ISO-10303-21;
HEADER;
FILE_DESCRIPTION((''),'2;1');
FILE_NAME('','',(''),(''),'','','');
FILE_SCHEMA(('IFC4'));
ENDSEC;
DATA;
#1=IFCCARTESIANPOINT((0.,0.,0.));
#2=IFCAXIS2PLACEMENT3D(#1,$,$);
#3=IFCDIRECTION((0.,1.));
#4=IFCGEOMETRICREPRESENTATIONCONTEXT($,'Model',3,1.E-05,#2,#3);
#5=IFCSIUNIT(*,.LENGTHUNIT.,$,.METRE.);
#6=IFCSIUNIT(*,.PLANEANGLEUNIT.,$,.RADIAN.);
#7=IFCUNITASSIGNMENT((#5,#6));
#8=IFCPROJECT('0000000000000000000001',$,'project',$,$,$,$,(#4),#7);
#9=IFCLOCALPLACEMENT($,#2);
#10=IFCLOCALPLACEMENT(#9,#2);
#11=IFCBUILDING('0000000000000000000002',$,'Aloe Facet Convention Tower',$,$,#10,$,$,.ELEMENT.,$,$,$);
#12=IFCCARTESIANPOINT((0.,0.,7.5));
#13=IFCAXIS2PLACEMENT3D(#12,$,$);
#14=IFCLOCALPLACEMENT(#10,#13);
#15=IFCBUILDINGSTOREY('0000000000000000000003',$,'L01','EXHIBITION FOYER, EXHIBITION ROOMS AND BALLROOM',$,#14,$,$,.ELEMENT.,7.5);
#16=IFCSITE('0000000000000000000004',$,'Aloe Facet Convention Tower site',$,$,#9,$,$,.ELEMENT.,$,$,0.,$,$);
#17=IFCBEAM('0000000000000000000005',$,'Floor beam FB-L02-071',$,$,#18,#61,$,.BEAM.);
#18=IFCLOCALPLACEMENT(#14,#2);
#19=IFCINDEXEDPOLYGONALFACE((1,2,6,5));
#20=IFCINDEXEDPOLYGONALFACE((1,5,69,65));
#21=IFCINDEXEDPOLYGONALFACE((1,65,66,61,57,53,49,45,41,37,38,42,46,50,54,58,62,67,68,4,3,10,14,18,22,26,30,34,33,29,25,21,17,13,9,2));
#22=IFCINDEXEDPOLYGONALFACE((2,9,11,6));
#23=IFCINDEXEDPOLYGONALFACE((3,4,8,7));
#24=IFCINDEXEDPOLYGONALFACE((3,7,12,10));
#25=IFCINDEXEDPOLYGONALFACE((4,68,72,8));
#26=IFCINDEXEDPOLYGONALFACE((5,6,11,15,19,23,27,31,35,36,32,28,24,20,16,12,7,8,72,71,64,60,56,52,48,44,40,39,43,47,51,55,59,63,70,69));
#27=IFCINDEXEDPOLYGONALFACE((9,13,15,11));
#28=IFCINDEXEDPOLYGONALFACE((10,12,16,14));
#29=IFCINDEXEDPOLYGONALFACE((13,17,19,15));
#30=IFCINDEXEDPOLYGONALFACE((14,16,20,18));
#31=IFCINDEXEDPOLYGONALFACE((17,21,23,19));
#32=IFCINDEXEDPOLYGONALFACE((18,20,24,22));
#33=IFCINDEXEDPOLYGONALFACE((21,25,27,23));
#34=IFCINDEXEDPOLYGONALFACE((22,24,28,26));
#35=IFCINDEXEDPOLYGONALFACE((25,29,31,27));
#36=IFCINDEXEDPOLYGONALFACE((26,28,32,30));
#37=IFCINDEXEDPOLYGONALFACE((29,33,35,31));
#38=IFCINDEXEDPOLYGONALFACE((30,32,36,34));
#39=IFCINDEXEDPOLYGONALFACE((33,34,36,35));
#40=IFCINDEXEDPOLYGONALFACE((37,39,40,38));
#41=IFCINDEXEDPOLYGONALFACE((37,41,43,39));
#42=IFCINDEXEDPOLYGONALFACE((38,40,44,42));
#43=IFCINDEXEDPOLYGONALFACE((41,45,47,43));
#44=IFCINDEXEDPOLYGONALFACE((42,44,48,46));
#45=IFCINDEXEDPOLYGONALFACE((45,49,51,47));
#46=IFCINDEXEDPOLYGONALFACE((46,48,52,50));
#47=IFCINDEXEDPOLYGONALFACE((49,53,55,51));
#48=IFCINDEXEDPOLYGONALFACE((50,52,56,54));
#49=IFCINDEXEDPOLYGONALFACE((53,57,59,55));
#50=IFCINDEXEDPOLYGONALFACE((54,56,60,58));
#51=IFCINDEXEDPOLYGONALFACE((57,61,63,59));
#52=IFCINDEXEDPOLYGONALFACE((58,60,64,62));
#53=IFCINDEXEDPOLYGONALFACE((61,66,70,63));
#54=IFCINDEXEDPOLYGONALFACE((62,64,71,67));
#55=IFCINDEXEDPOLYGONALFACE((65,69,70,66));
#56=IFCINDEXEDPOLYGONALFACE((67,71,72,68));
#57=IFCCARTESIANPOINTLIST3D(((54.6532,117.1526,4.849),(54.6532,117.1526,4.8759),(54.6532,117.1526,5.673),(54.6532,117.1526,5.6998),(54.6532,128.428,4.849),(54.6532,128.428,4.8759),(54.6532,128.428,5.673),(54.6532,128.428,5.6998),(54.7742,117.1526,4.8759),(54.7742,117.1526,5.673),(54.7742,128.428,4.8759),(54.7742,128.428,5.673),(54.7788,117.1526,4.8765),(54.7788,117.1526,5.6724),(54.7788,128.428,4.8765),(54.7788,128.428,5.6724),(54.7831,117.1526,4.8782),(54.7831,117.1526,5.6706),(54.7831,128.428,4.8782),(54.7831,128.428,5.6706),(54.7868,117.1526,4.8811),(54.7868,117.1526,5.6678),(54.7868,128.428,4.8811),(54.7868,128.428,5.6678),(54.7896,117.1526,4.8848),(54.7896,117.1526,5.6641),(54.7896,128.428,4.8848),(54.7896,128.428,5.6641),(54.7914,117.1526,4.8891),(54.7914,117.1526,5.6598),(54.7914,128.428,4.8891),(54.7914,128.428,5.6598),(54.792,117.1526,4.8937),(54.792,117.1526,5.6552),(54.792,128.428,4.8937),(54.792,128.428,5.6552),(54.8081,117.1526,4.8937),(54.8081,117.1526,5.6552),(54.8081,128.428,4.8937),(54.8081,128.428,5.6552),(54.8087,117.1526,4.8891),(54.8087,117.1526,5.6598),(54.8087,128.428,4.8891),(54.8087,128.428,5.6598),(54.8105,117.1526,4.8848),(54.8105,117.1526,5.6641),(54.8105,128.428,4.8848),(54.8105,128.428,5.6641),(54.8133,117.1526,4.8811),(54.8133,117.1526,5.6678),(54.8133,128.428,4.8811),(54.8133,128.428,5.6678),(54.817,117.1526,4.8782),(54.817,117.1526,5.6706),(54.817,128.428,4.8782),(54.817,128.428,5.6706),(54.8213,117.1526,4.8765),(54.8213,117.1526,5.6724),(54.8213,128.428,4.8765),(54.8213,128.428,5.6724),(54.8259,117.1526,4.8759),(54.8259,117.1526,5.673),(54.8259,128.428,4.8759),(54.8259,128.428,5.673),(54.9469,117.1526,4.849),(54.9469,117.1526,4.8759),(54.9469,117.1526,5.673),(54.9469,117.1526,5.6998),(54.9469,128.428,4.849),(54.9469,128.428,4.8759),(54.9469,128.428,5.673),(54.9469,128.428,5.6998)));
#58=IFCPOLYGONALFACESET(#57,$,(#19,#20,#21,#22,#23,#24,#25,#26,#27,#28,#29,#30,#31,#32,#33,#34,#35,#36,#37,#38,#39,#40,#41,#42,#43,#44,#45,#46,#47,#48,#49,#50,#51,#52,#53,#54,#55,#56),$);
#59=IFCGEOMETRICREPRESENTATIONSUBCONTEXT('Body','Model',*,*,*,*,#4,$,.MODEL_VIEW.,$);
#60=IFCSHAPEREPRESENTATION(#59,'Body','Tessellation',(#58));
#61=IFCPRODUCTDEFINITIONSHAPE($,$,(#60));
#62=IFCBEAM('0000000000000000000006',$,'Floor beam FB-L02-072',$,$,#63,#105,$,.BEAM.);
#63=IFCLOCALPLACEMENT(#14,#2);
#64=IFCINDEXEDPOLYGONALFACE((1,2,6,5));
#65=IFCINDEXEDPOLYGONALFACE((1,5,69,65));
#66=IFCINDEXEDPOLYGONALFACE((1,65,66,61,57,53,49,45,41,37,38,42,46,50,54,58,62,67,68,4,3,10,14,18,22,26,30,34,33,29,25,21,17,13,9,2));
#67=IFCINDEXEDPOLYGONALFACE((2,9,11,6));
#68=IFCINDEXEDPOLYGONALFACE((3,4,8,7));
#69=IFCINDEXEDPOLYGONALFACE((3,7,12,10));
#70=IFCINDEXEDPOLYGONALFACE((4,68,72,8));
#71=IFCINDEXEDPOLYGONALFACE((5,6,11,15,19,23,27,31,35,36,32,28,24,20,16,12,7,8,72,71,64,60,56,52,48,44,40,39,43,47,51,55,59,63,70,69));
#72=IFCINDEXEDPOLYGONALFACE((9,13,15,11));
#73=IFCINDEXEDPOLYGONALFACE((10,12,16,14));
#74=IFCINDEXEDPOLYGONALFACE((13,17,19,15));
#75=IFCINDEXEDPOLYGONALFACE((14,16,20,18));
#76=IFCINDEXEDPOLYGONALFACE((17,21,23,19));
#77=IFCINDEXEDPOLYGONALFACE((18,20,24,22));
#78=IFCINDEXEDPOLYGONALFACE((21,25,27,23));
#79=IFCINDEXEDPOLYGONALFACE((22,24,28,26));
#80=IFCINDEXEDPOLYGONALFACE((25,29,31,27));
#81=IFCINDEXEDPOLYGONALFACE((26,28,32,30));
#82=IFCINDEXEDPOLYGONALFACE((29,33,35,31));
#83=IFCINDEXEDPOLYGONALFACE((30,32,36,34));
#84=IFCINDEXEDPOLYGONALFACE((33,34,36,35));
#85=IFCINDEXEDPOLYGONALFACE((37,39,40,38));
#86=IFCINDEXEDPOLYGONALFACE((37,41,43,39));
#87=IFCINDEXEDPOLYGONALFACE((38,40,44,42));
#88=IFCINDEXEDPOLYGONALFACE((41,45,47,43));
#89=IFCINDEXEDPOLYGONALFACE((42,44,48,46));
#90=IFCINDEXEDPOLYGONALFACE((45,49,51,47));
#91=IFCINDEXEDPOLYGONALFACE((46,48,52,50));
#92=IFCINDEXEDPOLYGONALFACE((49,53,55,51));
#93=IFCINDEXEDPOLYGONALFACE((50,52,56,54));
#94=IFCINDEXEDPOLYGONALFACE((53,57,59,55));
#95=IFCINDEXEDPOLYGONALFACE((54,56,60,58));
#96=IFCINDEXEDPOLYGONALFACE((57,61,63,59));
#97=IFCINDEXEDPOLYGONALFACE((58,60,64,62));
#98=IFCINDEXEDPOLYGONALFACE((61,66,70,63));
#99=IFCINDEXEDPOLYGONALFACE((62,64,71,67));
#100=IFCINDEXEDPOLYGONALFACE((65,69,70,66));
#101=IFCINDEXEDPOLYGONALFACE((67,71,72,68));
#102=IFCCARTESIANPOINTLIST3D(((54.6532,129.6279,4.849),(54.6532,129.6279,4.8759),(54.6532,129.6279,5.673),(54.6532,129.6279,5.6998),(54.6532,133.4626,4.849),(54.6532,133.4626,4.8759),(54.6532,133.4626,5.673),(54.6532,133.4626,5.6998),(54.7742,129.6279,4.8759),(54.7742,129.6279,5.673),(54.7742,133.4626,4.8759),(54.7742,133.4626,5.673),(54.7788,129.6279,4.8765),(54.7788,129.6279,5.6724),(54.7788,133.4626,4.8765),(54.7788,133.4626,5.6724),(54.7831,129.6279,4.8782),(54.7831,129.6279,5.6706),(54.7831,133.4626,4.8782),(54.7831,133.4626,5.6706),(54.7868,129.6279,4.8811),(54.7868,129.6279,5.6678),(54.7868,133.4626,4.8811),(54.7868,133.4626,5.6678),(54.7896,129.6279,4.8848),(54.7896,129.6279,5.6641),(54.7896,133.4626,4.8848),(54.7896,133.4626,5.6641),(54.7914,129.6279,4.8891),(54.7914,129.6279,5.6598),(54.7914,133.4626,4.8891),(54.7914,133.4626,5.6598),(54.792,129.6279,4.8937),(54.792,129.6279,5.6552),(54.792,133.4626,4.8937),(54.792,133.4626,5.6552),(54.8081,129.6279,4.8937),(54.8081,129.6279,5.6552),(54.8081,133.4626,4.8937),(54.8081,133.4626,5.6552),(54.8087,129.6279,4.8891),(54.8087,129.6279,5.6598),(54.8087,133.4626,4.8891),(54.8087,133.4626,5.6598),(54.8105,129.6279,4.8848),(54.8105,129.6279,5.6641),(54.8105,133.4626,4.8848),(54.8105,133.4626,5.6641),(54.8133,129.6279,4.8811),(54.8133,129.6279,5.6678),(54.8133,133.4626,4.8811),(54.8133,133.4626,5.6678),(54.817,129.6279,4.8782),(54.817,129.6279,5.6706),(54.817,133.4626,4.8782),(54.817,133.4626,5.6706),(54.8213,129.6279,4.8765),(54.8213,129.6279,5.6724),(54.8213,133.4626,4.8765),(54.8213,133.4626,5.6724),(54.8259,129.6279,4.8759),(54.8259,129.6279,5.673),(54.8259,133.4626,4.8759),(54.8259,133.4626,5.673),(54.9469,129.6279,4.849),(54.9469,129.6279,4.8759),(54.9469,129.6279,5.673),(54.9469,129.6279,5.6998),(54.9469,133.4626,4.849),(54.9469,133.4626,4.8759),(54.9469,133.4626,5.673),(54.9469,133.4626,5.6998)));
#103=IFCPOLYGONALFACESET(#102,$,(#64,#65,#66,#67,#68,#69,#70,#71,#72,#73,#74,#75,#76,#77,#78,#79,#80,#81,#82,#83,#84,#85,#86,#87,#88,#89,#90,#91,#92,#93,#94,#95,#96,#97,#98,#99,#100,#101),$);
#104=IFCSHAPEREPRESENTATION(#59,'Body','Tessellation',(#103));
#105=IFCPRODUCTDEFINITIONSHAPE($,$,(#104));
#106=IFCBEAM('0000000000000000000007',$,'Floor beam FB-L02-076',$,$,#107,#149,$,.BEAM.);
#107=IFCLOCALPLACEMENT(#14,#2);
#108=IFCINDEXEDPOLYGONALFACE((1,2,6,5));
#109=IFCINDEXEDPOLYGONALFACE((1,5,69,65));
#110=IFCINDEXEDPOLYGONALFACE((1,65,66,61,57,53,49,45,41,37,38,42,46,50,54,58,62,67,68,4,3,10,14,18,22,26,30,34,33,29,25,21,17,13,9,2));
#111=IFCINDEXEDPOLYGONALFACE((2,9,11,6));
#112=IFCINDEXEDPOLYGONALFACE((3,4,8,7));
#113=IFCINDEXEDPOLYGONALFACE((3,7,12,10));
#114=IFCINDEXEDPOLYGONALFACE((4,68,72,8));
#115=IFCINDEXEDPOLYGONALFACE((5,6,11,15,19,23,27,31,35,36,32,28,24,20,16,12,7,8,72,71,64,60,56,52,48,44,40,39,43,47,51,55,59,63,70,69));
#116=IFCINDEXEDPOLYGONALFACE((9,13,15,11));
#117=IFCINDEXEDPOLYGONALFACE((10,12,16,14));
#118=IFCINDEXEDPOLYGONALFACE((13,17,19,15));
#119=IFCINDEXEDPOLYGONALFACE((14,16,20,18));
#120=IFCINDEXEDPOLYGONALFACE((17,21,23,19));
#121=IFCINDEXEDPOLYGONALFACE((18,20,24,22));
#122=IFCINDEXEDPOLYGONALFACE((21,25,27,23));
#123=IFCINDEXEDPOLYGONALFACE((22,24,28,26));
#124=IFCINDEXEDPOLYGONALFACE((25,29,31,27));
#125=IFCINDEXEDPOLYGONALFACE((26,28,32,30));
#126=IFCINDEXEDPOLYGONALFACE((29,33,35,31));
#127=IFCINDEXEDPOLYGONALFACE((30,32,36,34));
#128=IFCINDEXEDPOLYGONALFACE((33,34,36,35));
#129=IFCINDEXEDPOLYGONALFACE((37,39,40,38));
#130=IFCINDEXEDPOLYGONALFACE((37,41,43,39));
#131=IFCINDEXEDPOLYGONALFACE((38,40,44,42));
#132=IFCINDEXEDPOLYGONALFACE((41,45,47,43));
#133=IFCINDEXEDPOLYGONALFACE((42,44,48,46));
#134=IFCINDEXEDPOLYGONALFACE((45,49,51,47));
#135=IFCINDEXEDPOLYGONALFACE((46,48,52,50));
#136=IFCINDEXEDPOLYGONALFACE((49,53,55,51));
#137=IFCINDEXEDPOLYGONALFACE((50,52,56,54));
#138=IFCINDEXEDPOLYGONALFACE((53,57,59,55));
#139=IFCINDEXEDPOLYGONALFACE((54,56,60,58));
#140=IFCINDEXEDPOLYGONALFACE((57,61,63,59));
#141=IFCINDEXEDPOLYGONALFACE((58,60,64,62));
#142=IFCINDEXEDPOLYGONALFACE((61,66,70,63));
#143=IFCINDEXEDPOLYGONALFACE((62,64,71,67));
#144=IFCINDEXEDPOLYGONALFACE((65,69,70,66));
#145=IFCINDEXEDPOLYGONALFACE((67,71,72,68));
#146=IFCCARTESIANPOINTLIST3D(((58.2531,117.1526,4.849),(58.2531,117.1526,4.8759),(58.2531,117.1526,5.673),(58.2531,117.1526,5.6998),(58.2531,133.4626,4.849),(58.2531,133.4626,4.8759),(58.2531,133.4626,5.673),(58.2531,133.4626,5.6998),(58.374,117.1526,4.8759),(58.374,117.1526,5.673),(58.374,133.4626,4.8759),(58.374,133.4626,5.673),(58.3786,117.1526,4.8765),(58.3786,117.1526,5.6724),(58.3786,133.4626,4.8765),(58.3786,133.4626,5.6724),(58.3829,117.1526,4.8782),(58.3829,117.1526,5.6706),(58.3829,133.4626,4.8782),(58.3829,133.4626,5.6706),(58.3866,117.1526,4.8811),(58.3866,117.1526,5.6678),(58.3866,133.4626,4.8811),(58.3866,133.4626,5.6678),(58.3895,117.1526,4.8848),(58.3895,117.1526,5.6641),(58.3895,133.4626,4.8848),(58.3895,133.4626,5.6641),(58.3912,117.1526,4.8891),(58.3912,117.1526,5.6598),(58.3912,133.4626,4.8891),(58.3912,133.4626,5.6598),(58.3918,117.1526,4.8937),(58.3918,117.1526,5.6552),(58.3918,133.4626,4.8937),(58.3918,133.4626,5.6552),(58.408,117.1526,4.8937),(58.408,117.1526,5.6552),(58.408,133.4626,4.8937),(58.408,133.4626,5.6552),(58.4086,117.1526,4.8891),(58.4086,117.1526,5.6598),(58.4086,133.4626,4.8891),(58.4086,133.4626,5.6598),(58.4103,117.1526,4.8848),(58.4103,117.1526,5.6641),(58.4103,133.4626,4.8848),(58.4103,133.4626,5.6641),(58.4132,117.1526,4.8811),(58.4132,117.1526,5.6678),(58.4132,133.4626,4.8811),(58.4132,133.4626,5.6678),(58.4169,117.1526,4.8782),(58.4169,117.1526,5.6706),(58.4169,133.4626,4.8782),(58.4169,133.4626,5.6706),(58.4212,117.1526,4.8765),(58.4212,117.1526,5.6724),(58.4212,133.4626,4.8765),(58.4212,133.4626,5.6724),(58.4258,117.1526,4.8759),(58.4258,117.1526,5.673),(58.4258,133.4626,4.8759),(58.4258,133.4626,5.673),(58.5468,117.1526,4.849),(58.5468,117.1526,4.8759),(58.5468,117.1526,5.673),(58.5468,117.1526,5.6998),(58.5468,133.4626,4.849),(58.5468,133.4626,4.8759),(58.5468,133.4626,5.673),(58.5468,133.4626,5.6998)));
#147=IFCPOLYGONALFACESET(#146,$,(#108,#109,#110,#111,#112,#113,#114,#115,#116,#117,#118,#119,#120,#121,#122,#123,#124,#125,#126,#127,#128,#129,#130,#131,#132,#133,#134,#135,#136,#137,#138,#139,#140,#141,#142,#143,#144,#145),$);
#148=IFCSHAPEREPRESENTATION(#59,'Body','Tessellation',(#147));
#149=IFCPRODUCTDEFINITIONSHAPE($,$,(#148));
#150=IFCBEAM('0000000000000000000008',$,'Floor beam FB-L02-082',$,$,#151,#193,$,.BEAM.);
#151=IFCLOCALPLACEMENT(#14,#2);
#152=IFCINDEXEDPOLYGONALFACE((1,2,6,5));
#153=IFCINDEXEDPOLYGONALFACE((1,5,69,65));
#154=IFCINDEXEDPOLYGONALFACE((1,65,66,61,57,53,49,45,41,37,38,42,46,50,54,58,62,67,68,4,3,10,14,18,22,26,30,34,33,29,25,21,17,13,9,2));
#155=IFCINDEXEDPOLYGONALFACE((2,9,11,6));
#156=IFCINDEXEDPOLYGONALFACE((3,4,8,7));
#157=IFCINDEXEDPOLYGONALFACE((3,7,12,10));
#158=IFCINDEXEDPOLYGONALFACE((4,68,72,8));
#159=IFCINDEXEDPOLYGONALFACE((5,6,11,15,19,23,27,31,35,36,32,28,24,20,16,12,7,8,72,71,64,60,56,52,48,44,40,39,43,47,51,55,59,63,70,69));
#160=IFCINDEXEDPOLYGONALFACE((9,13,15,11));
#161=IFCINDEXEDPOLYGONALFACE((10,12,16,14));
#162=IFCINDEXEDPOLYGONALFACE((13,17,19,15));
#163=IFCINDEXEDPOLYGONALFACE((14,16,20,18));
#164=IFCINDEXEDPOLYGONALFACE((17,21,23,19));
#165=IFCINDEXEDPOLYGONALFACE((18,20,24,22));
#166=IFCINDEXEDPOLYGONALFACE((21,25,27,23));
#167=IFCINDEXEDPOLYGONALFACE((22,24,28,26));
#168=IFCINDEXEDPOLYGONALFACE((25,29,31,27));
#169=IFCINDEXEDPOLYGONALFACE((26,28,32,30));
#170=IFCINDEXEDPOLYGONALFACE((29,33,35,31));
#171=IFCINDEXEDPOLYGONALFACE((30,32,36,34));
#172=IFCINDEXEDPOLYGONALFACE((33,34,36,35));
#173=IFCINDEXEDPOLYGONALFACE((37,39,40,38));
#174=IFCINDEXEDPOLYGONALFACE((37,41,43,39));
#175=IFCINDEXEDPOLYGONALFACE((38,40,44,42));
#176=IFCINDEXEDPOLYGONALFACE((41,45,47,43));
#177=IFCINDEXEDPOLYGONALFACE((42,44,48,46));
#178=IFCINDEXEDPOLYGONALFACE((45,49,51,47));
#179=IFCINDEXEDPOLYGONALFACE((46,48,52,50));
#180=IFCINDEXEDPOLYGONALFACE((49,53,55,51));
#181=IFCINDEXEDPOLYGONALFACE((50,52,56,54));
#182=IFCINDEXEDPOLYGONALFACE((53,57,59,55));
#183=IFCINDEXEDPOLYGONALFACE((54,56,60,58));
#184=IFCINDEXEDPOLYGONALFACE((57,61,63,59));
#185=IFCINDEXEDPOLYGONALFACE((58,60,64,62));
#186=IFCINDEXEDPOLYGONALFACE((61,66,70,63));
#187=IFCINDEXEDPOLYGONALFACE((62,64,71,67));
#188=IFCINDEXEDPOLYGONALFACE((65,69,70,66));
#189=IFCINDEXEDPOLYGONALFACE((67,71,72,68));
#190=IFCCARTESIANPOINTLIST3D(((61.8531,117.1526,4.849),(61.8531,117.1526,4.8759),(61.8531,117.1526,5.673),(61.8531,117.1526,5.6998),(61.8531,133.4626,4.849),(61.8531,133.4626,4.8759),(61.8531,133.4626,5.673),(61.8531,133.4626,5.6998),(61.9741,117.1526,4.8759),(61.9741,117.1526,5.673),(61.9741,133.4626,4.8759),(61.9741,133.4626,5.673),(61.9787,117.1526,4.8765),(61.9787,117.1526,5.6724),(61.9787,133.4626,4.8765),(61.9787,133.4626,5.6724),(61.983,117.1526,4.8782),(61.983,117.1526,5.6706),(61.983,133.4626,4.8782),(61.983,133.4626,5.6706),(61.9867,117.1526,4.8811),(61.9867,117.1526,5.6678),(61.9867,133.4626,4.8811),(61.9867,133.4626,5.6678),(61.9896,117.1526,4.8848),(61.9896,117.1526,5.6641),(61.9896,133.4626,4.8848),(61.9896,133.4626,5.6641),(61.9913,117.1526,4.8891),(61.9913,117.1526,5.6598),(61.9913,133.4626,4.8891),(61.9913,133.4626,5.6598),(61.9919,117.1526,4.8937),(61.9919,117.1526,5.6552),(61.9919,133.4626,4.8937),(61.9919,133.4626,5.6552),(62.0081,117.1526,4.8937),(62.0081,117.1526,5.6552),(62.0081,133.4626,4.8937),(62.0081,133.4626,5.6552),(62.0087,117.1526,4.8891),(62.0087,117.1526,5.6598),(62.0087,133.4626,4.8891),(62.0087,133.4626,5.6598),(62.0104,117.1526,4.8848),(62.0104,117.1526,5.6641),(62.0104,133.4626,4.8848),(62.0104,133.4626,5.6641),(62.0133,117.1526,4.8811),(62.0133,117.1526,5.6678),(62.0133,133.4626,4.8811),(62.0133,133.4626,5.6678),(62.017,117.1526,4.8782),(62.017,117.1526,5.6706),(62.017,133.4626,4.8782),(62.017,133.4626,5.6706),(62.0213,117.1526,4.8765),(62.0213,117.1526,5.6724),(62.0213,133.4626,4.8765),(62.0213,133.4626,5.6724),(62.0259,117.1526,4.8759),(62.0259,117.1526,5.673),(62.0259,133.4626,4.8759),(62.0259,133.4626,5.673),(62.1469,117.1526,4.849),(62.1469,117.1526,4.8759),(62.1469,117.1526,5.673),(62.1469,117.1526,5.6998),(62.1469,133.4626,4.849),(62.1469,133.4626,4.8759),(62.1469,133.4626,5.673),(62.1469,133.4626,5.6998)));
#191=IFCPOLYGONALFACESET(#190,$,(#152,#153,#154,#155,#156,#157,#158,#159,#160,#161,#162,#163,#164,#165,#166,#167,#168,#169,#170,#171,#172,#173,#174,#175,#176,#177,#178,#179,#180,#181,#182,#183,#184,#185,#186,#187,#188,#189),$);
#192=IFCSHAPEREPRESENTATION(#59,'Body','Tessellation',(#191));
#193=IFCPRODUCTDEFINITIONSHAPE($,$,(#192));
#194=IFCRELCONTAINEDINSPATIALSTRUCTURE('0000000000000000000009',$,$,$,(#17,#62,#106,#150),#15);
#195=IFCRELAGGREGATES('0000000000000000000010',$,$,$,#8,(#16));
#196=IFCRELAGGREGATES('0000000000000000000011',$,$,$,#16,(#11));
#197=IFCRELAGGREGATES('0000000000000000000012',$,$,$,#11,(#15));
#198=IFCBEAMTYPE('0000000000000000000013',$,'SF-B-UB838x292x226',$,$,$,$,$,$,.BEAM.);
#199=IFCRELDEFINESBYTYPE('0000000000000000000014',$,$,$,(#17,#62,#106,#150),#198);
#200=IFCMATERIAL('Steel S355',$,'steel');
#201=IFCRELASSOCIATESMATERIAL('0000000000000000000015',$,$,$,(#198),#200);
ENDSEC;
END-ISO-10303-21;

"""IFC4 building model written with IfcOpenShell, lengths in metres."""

from ifc_helpers import new_model, si_unit, direction, frame, origin, origin_2d, place, context, subcontext, project, spatial, i_section, extrude, material, material_profile, profile_set, type_object, element, save


model = new_model("IFC4")

# Units and contexts
model_context = context("Model", 3, precision=1e-05, world=origin(), true_north=direction((0.0, 1.0)))
body_context = subcontext(model_context, "Body", "Model", "MODEL_VIEW")
ifc_project = project(units=[si_unit("LENGTHUNIT", "METRE"), si_unit("PLANEANGLEUNIT", "RADIAN")], contexts=[model_context])

# Site, building, storey
site_placement = place(None, origin())
site = spatial("IfcSite", under=ifc_project, at=site_placement, Name="Aloe Facet Convention Tower site", CompositionType="ELEMENT", RefElevation=0.0)
building_placement = place(site_placement, origin())
building = spatial("IfcBuilding", under=site, at=building_placement, Name="Aloe Facet Convention Tower", CompositionType="ELEMENT")
storey_placement = place(building_placement, frame((0.0, 0.0, 7.5)))
storey = spatial("IfcBuildingStorey", under=building, at=storey_placement, Name="L01", Description="EXHIBITION FOYER, EXHIBITION ROOMS AND BALLROOM", CompositionType="ELEMENT", Elevation=7.5)

# Beams
ifc_material_1 = material(Name="Steel S355", Category="steel")
ifc_material_profile_1 = material_profile(ifc_material_1, i_section(OverallWidth=0.2937, OverallDepth=0.8508, WebThickness=0.0161, FlangeThickness=0.0269, FilletRadius=0.0178, at=origin_2d()), Name="UB 838x292x226")
ifc_profile_set_1 = profile_set([ifc_material_profile_1], Name="Steel S355")
beam_type_1 = type_object("IfcBeamType", Name="SF-B-UB838x292x226", PredefinedType="BEAM", material=ifc_profile_set_1)
beam_1_placement = place(storey_placement, frame((54.8, 117.1526, 5.2744), z_axis=(0.0, 1.0, 0.0), x_axis=(-1.0, 0.0, 0.0)))
element("IfcBeam", 1, at=beam_1_placement, inside=storey, type_object=beam_type_1, Name="Floor beam FB-L02-071", PredefinedType="BEAM", context=body_context, shape_type="SweptSolid", body=[
    extrude(i_section(OverallWidth=0.2937, OverallDepth=0.8508, WebThickness=0.0161, FlangeThickness=0.0269, FilletRadius=0.0178, at=origin_2d()), origin(), (0.0, 0.0, 1.0), 11.2754),
])
beam_2_placement = place(storey_placement, frame((54.8, 129.6279, 5.2744), z_axis=(0.0, 1.0, 0.0), x_axis=(-1.0, 0.0, 0.0)))
element("IfcBeam", 2, at=beam_2_placement, inside=storey, type_object=beam_type_1, Name="Floor beam FB-L02-072", PredefinedType="BEAM", context=body_context, shape_type="SweptSolid", body=[
    extrude(i_section(OverallWidth=0.2937, OverallDepth=0.8508, WebThickness=0.0161, FlangeThickness=0.0269, FilletRadius=0.0178, at=origin_2d()), origin(), (0.0, 0.0, 1.0), 3.8347),
])
for number, where, z_axis, x_axis, name in (
    (3, (58.3999, 117.1526, 5.2744), (0.0, 1.0, 0.0), (-1.0, 0.0, 0.0), "Floor beam FB-L02-076"),
    (4, (62.0, 117.1526, 5.2744), (0.0, 1.0, 0.0), (-1.0, 0.0, 0.0), "Floor beam FB-L02-082"),
):
    element("IfcBeam", number, at=place(storey_placement, frame(where, z_axis=z_axis, x_axis=x_axis)), inside=storey, type_object=beam_type_1, Name=name, PredefinedType="BEAM", context=body_context, shape_type="SweptSolid", body=[
        extrude(i_section(OverallWidth=0.2937, OverallDepth=0.8508, WebThickness=0.0161, FlangeThickness=0.0269, FilletRadius=0.0178, at=origin_2d()), origin(), (0.0, 0.0, 1.0), 16.3101),
    ])

save(model, "model.ifc")
